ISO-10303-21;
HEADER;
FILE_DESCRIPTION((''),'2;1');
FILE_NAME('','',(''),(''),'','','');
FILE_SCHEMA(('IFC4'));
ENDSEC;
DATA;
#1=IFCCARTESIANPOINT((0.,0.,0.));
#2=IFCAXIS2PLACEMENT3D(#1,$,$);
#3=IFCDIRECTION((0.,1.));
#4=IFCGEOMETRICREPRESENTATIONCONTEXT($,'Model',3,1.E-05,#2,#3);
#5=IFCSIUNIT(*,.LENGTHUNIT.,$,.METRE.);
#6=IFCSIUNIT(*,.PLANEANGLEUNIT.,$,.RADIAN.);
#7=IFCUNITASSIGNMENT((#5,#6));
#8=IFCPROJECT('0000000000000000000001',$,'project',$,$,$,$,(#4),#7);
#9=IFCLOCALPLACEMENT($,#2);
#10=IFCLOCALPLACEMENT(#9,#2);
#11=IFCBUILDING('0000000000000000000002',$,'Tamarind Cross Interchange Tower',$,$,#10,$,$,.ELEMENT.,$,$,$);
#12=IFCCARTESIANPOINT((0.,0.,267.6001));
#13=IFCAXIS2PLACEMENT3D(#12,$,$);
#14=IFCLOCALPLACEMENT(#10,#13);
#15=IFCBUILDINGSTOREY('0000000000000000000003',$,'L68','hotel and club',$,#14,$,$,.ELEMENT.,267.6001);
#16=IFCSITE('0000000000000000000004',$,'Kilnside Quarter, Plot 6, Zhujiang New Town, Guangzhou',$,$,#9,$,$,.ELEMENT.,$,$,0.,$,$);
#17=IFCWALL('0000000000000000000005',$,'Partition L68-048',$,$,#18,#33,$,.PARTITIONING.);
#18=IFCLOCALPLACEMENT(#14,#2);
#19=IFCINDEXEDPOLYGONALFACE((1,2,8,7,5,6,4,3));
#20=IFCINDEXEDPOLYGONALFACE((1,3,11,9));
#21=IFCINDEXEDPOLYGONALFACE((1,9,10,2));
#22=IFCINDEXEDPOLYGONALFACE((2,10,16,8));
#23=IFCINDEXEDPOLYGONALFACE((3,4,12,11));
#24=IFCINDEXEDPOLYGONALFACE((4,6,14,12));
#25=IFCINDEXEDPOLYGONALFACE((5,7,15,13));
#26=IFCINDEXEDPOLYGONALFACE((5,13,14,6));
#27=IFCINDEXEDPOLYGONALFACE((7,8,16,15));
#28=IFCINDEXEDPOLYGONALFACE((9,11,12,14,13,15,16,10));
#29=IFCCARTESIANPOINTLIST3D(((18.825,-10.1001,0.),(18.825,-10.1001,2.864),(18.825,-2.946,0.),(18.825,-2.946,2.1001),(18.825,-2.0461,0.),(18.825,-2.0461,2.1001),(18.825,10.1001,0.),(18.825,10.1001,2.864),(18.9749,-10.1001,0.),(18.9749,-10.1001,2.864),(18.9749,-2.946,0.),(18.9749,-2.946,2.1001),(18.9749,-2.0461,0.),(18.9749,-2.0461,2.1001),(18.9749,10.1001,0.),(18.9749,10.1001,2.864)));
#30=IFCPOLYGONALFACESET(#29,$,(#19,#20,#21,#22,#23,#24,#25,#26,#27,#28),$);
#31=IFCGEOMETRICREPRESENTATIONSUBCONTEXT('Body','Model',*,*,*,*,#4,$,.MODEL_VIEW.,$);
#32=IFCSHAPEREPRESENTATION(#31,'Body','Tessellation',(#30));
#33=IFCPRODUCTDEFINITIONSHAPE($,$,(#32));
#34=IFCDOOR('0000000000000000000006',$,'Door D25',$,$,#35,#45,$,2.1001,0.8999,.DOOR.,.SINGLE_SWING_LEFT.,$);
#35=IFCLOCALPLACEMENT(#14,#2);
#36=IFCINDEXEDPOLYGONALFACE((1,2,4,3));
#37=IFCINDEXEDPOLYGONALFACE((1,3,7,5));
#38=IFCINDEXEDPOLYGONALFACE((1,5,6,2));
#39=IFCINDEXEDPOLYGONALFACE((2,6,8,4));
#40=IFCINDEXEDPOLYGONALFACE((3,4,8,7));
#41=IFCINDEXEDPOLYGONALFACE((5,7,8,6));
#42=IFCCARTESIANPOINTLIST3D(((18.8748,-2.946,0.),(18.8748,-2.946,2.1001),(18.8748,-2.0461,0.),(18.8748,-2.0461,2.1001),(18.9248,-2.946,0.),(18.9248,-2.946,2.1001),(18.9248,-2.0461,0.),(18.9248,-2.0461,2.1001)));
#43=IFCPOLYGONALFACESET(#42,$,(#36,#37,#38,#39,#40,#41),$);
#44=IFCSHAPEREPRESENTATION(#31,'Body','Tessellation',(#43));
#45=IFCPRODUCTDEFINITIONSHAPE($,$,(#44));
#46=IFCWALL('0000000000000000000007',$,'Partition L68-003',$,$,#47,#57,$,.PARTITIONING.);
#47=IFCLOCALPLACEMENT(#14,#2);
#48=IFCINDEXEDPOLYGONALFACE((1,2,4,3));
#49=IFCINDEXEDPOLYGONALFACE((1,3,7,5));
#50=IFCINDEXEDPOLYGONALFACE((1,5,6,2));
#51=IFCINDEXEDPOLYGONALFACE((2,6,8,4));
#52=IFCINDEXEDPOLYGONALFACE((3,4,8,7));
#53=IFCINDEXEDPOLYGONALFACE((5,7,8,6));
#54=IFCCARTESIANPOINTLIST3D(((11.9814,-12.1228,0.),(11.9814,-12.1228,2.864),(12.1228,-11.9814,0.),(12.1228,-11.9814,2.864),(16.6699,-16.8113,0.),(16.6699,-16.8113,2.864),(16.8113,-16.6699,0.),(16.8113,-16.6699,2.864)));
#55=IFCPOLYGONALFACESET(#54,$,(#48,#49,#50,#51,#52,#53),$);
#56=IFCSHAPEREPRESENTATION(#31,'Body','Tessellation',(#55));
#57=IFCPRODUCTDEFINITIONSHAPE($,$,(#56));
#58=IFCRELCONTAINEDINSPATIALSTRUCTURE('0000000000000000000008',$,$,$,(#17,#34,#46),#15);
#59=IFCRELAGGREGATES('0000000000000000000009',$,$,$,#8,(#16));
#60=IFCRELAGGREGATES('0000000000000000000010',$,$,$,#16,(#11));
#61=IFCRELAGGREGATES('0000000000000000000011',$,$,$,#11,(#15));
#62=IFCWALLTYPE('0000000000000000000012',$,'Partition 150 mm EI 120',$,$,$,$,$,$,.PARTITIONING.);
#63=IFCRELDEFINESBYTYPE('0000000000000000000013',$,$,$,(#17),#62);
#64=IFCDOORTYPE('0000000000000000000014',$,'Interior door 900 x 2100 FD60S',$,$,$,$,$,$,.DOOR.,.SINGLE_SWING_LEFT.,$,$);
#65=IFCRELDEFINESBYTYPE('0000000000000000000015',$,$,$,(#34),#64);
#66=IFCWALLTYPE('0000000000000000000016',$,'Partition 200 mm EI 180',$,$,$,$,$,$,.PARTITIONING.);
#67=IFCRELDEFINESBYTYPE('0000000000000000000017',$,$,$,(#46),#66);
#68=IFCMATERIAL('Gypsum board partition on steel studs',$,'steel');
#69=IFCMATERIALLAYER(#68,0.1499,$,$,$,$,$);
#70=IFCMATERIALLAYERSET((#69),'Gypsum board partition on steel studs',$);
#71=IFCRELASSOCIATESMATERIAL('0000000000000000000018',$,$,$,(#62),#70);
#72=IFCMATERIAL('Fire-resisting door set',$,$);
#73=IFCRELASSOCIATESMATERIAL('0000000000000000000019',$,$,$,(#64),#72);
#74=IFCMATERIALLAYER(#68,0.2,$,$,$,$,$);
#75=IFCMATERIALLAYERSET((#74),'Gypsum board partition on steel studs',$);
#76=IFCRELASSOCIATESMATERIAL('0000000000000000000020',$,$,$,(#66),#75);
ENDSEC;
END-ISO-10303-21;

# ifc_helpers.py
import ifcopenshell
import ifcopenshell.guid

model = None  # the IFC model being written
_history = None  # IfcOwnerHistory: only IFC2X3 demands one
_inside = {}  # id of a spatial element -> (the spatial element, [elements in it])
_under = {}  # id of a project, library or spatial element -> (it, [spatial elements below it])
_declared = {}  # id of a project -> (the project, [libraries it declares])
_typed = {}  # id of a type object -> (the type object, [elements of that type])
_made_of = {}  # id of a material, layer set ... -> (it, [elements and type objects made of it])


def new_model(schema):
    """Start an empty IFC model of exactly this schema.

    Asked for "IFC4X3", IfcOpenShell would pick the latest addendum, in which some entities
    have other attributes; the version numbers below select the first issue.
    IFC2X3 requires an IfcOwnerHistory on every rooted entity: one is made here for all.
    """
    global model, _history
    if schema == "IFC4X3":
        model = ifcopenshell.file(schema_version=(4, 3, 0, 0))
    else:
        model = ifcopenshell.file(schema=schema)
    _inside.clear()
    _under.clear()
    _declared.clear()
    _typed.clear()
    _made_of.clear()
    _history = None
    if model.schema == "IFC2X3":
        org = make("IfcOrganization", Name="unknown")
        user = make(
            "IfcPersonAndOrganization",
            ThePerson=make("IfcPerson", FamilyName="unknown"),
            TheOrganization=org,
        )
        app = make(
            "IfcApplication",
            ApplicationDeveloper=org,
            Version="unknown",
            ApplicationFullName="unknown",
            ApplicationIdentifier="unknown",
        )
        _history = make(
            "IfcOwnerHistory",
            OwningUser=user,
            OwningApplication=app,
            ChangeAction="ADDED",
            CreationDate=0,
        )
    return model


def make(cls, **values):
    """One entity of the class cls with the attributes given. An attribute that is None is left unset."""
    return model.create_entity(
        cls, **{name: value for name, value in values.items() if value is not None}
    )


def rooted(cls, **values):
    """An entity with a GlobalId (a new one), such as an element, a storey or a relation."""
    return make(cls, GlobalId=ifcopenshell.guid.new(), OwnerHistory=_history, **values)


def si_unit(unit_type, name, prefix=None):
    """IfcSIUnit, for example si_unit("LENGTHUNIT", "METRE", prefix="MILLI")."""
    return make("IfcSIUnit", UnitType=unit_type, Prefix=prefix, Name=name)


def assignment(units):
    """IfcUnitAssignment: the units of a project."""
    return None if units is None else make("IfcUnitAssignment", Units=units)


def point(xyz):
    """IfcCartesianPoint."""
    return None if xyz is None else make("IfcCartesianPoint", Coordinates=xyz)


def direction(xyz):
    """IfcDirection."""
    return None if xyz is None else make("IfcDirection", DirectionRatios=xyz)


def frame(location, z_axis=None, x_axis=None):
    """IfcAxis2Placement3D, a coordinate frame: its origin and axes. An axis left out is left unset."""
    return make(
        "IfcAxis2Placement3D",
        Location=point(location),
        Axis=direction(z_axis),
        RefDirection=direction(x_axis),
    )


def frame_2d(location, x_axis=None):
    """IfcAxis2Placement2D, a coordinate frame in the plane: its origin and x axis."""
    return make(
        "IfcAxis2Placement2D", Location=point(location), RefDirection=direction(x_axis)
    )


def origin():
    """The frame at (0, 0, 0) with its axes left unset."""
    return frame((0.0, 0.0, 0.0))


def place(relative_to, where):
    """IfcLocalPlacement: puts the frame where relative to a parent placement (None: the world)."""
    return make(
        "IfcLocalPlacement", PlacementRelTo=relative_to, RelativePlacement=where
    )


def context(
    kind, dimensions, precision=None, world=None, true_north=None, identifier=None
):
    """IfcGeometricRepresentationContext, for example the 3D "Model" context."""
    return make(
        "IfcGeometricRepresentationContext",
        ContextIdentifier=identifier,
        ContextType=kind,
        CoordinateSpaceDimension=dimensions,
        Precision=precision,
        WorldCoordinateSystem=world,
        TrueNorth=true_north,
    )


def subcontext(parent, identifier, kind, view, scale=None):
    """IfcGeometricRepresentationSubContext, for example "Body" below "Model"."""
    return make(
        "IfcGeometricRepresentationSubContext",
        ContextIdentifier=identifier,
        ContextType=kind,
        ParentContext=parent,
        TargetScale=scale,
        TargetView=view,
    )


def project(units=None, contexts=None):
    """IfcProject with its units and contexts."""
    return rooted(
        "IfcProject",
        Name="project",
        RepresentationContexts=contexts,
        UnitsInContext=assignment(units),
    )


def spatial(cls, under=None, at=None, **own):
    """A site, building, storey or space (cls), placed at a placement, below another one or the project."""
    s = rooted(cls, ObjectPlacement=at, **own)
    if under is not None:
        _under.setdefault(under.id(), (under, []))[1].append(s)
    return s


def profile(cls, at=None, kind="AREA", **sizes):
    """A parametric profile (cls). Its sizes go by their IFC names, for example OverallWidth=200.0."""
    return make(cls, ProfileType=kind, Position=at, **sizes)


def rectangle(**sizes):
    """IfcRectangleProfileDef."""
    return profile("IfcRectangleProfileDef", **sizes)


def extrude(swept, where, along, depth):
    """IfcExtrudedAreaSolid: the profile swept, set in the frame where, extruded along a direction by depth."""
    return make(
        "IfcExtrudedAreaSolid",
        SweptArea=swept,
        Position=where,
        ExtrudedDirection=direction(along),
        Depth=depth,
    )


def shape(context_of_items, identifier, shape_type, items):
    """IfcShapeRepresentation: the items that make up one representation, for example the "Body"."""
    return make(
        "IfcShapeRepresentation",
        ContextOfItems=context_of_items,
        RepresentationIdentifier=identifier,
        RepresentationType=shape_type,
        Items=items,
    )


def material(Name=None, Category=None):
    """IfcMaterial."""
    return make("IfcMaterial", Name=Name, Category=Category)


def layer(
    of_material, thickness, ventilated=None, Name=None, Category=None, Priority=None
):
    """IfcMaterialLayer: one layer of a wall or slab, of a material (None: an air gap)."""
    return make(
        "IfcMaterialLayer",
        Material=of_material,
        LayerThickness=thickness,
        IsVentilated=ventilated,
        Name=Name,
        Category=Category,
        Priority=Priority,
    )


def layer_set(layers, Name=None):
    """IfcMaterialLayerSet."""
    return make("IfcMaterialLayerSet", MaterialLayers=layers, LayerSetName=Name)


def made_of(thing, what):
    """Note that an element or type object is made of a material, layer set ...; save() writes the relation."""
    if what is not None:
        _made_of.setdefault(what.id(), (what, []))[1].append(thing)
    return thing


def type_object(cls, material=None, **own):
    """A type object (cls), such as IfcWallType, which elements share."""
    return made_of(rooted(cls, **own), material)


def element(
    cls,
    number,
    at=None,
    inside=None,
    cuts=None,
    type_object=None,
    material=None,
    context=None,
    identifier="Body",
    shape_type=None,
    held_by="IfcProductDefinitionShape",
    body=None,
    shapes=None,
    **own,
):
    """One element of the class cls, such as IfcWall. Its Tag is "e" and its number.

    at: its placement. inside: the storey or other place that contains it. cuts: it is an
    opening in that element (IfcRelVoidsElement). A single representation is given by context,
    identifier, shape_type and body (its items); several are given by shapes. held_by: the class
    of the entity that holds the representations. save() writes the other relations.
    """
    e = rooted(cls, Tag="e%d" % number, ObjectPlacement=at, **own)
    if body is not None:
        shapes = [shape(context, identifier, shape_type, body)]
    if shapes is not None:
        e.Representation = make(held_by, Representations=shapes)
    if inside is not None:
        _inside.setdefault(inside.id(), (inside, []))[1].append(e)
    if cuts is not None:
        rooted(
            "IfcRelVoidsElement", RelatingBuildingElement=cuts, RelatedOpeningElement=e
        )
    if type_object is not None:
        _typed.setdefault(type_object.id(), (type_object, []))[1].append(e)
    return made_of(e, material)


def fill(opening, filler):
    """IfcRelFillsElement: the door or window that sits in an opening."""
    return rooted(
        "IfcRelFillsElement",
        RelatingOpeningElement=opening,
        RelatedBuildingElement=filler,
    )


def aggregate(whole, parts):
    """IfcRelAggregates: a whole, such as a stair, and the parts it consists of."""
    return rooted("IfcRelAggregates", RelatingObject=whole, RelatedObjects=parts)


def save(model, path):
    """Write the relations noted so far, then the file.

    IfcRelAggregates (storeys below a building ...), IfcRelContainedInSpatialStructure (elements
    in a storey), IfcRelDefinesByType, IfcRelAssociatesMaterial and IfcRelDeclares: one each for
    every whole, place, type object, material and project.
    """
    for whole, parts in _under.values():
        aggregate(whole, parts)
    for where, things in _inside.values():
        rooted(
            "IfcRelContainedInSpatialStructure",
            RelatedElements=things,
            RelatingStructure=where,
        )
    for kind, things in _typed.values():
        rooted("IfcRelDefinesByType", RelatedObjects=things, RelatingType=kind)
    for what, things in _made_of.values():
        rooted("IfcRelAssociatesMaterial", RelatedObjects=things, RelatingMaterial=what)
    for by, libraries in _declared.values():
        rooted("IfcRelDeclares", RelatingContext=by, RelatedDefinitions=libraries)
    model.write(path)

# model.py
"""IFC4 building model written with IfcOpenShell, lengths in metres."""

from ifc_helpers import new_model, si_unit, direction, frame, frame_2d, origin, place, context, subcontext, project, spatial, rectangle, extrude, material, layer, layer_set, type_object, element, fill, save


model = new_model("IFC4")

# Units and contexts
model_context = context("Model", 3, precision=1e-05, world=origin(), true_north=direction((0.0, 1.0)))
body_context = subcontext(model_context, "Body", "Model", "MODEL_VIEW")
ifc_project = project(units=[si_unit("LENGTHUNIT", "METRE"), si_unit("PLANEANGLEUNIT", "RADIAN")], contexts=[model_context])

# Site, building, storey
site_placement = place(None, origin())
site = spatial("IfcSite", under=ifc_project, at=site_placement, Name="Kilnside Quarter, Plot 6, Zhujiang New Town, Guangzhou", CompositionType="ELEMENT", RefElevation=0.0)
building_placement = place(site_placement, origin())
building = spatial("IfcBuilding", under=site, at=building_placement, Name="Tamarind Cross Interchange Tower", CompositionType="ELEMENT")
storey_placement = place(building_placement, frame((0.0, 0.0, 267.6001)))
storey = spatial("IfcBuildingStorey", under=building, at=storey_placement, Name="L68", Description="hotel and club", CompositionType="ELEMENT", Elevation=267.6001)

# Shared definitions
ifc_material_1 = material(Name="Gypsum board partition on steel studs", Category="steel")
ifc_layer_1 = layer(ifc_material_1, 0.1499)
ifc_layer_set_1 = layer_set([ifc_layer_1], Name="Gypsum board partition on steel studs")
wall_type_1 = type_object("IfcWallType", Name="Partition 150 mm EI 120", PredefinedType="PARTITIONING", material=ifc_layer_set_1)

# Wall, opening, door
wall_1_placement = place(storey_placement, frame((18.8999, -10.1001, 0.0), z_axis=(0.0, 0.0, 1.0), x_axis=(0.0, 1.0, 0.0)))
wall_1 = element("IfcWall", 1, at=wall_1_placement, inside=storey, type_object=wall_type_1, Name="Partition L68-048", PredefinedType="PARTITIONING", context=body_context, shape_type="SweptSolid", body=[
    extrude(rectangle(XDim=20.2002, YDim=0.1499, at=frame_2d((10.1001, 0.0))), origin(), (0.0, 0.0, 1.0), 2.864),
])
opening_1_placement = place(wall_1_placement, frame((7.1541, 0.0, 0.0)))
opening_1 = element("IfcOpeningElement", 2, at=opening_1_placement, cuts=wall_1, PredefinedType="OPENING", context=body_context, shape_type="SweptSolid", body=[
    extrude(rectangle(XDim=0.8999, YDim=2.1001, at=frame_2d((0.45, 1.05))), frame((0.0, 0.085, 0.0), z_axis=(0.0, -1.0, 0.0), x_axis=(1.0, 0.0, 0.0)), (0.0, 0.0, 1.0), 0.1699),
])
ifc_material_2 = material(Name="Fire-resisting door set")
door_type_1 = type_object("IfcDoorType", Name="Interior door 900 x 2100 FD60S", OperationType="SINGLE_SWING_LEFT", PredefinedType="DOOR", material=ifc_material_2)
door_1_placement = place(opening_1_placement, frame((0.8999, 0.0, 0.0), z_axis=(0.0, 0.0, 1.0), x_axis=(-1.0, 0.0, 0.0)))
door_1 = element("IfcDoor", 3, at=door_1_placement, inside=storey, type_object=door_type_1, Name="Door D25", OperationType="SINGLE_SWING_LEFT", OverallHeight=2.1001, OverallWidth=0.8999, PredefinedType="DOOR", context=body_context, shape_type="SweptSolid", body=[
    extrude(rectangle(XDim=0.8999, YDim=2.1001, at=frame_2d((0.45, 1.05))), frame((0.0, 0.0249, 0.0), z_axis=(0.0, -1.0, 0.0), x_axis=(1.0, 0.0, 0.0)), (0.0, 0.0, 1.0), 0.05),
])
fill(opening_1, door_1)

# Wall
ifc_layer_2 = layer(ifc_material_1, 0.2)
ifc_layer_set_2 = layer_set([ifc_layer_2], Name="Gypsum board partition on steel studs")
wall_type_2 = type_object("IfcWallType", Name="Partition 200 mm EI 180", PredefinedType="PARTITIONING", material=ifc_layer_set_2)
wall_2_placement = place(storey_placement, frame((12.052, -12.052, 0.0), z_axis=(0.0, 0.0, 1.0), x_axis=(0.707107, -0.707107, 0.0)))
element("IfcWall", 4, at=wall_2_placement, inside=storey, type_object=wall_type_2, Name="Partition L68-003", PredefinedType="PARTITIONING", context=body_context, shape_type="SweptSolid", body=[
    extrude(rectangle(XDim=6.6306, YDim=0.2, at=frame_2d((3.3154, 0.0))), origin(), (0.0, 0.0, 1.0), 2.864),
])

save(model, "model.ifc")
